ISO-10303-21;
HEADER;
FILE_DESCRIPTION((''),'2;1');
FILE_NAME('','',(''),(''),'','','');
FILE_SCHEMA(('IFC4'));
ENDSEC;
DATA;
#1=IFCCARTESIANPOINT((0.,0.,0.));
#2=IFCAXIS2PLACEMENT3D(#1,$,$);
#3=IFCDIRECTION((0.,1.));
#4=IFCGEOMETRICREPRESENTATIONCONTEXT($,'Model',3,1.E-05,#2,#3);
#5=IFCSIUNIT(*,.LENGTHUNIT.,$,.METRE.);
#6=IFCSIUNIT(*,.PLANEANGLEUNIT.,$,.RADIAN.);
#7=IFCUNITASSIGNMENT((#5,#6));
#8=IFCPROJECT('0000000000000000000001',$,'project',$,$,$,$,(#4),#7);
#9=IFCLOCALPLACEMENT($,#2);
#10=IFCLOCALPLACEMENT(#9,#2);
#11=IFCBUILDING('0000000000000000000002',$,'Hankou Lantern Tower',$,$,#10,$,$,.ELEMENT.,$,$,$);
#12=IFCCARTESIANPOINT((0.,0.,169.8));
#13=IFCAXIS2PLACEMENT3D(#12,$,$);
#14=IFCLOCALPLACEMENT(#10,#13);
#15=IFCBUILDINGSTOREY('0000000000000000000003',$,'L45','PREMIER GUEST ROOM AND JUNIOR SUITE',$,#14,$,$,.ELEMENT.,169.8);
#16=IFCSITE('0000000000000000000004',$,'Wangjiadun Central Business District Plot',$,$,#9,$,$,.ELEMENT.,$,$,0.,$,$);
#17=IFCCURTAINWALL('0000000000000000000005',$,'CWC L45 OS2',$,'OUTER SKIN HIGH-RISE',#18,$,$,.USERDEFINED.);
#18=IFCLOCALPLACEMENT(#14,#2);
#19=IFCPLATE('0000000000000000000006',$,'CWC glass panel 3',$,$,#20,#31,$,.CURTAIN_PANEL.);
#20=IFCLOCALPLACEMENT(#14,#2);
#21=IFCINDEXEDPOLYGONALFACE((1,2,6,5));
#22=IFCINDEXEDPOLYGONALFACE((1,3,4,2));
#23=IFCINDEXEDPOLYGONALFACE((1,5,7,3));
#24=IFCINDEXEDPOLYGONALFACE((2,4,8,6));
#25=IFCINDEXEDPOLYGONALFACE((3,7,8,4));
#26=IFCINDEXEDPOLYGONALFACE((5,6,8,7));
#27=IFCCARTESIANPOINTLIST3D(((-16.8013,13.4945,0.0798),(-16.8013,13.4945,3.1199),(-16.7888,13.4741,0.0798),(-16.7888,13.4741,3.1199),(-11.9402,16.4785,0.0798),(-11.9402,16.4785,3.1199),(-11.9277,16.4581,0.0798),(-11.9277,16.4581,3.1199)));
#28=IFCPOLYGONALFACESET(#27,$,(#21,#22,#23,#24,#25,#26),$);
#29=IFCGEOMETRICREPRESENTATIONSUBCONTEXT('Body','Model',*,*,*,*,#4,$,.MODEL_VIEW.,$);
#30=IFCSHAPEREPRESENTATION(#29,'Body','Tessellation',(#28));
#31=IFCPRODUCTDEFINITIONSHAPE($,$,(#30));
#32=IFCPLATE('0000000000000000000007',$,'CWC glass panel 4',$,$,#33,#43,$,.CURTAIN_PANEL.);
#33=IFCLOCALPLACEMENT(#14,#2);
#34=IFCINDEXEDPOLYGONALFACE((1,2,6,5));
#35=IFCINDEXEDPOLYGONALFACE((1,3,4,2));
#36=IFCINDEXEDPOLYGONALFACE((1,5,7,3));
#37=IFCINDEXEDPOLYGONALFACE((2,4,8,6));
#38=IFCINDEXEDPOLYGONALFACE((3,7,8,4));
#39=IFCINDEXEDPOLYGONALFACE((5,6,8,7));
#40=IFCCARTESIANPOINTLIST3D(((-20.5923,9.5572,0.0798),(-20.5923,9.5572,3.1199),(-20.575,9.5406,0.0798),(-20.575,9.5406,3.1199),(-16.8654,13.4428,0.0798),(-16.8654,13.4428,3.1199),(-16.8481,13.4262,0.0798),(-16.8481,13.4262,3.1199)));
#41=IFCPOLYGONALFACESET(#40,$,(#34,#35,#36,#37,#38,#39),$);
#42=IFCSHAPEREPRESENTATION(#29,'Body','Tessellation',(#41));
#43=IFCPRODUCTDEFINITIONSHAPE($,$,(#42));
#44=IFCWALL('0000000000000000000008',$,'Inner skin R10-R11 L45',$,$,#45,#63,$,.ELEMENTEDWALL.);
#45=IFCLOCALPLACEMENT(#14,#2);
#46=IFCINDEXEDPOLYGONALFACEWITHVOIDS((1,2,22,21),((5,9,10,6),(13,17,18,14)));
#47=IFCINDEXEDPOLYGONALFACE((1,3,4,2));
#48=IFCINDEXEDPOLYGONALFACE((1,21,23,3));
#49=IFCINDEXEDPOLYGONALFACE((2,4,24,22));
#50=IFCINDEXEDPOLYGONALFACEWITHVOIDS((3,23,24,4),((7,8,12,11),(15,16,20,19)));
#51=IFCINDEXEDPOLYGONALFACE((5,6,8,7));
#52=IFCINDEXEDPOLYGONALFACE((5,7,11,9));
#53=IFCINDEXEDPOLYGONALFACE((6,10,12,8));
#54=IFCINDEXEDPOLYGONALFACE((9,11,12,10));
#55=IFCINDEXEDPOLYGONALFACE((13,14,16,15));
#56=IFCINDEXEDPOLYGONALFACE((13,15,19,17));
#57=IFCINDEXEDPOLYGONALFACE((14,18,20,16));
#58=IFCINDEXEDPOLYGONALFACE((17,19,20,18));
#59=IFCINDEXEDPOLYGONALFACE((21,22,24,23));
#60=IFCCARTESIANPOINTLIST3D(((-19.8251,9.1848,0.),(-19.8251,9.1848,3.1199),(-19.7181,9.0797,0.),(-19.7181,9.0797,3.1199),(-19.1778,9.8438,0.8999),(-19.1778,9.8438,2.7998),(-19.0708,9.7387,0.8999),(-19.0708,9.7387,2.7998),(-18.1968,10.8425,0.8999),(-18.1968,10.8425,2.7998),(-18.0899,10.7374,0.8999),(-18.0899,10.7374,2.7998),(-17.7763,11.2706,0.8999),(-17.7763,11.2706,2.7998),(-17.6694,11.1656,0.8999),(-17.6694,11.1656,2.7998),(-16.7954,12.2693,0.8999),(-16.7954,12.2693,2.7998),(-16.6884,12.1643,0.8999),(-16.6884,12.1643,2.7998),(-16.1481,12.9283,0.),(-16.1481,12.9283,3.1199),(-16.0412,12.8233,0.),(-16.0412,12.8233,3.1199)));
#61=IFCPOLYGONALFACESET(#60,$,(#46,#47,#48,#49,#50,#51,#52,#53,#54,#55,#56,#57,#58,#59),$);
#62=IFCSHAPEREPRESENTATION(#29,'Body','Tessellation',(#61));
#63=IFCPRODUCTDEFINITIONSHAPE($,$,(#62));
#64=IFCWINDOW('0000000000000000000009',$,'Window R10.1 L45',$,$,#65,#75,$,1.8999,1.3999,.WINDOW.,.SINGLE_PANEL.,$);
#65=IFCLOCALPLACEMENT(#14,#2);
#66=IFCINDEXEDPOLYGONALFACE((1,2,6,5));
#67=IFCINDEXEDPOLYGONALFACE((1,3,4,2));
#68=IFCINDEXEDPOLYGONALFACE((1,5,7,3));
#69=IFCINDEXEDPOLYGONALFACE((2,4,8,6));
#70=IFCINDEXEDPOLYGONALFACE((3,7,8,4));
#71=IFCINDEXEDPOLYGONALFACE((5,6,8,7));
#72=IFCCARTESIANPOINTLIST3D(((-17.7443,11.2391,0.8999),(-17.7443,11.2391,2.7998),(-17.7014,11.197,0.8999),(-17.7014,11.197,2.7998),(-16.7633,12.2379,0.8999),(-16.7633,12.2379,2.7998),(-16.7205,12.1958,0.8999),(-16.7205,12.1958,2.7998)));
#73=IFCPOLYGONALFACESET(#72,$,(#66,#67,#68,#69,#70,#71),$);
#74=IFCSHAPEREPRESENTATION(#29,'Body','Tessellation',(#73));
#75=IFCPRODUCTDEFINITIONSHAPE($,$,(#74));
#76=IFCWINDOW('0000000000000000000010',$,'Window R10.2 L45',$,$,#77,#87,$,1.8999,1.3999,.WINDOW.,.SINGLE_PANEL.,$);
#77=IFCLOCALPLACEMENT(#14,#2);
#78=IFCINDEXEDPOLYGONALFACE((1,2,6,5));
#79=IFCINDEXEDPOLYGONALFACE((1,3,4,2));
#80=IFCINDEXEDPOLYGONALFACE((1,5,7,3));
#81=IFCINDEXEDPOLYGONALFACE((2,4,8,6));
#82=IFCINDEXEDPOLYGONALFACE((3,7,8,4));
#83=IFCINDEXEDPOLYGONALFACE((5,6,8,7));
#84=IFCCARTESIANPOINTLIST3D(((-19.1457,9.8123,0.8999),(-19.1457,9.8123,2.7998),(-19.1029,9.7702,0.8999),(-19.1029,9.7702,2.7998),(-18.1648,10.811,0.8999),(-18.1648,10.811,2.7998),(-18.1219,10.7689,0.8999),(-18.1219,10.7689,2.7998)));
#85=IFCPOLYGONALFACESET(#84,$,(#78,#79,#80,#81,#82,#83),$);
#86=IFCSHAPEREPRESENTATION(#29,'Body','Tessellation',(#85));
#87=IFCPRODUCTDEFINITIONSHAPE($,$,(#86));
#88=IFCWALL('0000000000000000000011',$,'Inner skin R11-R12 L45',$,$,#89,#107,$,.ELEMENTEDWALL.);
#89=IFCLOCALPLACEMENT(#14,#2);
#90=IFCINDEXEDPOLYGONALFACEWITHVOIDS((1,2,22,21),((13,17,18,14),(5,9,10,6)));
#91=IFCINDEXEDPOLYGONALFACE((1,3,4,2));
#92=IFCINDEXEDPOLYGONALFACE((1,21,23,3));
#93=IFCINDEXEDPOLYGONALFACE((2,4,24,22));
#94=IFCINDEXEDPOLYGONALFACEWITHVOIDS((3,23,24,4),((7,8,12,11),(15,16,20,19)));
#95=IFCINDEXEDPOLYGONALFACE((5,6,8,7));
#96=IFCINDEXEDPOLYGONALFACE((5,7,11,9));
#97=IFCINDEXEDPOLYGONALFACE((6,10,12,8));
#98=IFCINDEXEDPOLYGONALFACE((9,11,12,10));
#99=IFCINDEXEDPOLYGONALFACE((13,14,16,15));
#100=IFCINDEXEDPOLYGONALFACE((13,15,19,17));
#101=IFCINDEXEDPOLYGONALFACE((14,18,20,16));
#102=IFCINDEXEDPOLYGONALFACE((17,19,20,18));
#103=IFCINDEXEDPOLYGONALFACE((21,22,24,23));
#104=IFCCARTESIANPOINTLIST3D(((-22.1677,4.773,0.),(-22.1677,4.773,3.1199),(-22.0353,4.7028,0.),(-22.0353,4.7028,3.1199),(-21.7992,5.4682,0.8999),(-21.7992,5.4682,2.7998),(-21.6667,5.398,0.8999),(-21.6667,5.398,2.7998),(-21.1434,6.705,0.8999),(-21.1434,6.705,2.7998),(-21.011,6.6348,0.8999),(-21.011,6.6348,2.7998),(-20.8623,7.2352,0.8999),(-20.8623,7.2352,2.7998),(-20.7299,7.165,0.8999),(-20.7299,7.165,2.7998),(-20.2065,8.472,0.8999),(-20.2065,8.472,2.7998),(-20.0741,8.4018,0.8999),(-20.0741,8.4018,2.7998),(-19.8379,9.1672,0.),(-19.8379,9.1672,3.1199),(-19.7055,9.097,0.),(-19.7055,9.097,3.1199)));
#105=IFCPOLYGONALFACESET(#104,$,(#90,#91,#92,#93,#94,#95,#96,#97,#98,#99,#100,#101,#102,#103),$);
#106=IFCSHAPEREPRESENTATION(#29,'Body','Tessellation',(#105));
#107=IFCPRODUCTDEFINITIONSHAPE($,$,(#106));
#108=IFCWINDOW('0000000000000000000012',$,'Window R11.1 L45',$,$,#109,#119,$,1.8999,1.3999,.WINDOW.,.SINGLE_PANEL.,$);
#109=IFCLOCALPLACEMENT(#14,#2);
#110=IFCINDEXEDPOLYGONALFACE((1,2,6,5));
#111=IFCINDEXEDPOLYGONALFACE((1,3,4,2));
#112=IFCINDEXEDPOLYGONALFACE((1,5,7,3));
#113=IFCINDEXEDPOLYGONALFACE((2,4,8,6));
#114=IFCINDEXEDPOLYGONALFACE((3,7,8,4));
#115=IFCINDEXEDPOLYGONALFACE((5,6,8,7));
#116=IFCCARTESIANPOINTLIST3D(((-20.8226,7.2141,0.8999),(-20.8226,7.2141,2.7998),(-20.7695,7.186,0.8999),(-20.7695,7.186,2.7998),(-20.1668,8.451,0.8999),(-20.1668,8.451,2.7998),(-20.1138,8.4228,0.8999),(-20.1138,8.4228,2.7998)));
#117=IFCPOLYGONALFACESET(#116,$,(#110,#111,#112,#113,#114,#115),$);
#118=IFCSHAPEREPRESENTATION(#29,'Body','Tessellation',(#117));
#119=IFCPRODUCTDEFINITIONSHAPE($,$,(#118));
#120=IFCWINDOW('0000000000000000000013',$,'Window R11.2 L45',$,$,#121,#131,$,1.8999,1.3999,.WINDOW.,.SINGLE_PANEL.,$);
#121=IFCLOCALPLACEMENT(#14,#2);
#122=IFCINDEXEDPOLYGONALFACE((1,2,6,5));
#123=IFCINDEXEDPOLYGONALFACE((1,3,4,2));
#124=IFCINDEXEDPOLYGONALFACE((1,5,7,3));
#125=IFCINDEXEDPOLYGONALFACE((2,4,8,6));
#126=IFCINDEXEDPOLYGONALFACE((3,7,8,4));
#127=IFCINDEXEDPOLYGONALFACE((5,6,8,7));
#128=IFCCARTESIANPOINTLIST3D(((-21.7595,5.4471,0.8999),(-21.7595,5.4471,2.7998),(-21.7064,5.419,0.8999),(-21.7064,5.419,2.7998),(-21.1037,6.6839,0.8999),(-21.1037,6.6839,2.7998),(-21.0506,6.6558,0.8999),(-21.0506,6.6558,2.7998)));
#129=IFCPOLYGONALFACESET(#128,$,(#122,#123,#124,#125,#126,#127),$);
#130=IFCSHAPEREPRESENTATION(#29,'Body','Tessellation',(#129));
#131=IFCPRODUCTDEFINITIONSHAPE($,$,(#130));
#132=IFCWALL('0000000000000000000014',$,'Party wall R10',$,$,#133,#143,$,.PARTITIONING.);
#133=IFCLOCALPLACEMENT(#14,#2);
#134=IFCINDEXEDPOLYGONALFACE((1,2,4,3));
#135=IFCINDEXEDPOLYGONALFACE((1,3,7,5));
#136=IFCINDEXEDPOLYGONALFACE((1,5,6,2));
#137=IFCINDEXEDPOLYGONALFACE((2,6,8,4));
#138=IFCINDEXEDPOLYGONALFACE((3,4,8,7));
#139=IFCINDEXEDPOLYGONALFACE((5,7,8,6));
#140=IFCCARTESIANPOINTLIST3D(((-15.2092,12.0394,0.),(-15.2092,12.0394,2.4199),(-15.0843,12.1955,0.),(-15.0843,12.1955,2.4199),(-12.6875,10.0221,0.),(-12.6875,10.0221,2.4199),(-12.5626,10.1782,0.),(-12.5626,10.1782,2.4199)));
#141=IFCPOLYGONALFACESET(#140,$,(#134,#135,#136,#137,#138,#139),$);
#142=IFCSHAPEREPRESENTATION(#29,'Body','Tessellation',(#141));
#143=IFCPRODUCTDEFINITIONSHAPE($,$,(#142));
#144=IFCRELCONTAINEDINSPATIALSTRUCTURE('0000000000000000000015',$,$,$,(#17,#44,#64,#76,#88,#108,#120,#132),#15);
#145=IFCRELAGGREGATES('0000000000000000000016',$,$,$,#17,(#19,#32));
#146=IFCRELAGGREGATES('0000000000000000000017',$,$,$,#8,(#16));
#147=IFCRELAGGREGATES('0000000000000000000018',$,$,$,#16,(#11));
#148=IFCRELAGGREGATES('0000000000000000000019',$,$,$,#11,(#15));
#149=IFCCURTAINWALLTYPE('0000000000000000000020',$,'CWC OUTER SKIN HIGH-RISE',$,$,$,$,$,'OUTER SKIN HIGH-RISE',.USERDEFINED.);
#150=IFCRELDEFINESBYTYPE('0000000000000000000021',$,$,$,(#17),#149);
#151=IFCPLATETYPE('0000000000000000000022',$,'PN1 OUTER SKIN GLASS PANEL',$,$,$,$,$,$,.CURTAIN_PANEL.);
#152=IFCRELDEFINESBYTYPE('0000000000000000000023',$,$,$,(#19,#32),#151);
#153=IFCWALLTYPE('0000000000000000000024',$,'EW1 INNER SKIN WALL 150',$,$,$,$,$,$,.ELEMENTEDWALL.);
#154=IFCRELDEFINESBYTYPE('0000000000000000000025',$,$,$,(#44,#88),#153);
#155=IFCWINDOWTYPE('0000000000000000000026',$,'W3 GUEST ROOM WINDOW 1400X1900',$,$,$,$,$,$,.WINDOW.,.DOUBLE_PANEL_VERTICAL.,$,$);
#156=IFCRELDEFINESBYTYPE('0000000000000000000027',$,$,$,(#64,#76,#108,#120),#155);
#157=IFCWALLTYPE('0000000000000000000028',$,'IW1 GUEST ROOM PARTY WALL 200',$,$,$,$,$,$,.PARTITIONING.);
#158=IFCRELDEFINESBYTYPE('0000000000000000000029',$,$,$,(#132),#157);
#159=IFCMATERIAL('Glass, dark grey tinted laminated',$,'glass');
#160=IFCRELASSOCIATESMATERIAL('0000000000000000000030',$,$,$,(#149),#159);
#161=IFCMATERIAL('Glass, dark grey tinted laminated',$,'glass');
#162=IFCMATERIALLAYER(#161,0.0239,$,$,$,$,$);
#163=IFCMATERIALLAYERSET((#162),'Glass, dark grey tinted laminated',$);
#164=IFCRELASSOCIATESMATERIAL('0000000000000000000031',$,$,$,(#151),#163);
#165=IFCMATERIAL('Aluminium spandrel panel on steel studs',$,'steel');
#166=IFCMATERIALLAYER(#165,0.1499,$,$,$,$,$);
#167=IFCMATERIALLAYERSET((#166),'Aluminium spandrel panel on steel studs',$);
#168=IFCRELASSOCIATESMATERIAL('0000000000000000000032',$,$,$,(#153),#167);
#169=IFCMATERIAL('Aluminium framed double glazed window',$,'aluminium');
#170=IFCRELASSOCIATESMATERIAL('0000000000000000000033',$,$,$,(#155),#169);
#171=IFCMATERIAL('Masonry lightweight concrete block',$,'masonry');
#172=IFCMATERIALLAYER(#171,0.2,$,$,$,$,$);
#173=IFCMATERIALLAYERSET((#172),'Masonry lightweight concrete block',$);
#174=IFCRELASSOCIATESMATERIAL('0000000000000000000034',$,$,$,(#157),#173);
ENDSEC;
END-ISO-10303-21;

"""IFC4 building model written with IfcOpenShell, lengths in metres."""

from ifc_helpers import new_model, si_unit, direction, frame, frame_2d, origin, origin_2d, place, context, subcontext, project, spatial, rectangle, extrude, material, layer, layer_set, type_object, element, fill, aggregate, save


model = new_model("IFC4")

# Units and contexts
model_context = context("Model", 3, precision=1e-05, world=origin(), true_north=direction((0.0, 1.0)))
body_context = subcontext(model_context, "Body", "Model", "MODEL_VIEW")
ifc_project = project(units=[si_unit("LENGTHUNIT", "METRE"), si_unit("PLANEANGLEUNIT", "RADIAN")], contexts=[model_context])

# Site, building, storey
site_placement = place(None, origin())
site = spatial("IfcSite", under=ifc_project, at=site_placement, Name="Wangjiadun Central Business District Plot", CompositionType="ELEMENT", RefElevation=0.0)
building_placement = place(site_placement, origin())
building = spatial("IfcBuilding", under=site, at=building_placement, Name="Hankou Lantern Tower", CompositionType="ELEMENT")
storey_placement = place(building_placement, frame((0.0, 0.0, 169.8)))
storey = spatial("IfcBuildingStorey", under=building, at=storey_placement, Name="L45", Description="PREMIER GUEST ROOM AND JUNIOR SUITE", CompositionType="ELEMENT", Elevation=169.8)

# Curtain wall
ifc_material_1 = material(Name="Glass, dark grey tinted laminated", Category="glass")
curtain_wall_type = type_object("IfcCurtainWallType", Name="CWC OUTER SKIN HIGH-RISE", ElementType="OUTER SKIN HIGH-RISE", PredefinedType="USERDEFINED", material=ifc_material_1)
curtain_wall_placement = place(storey_placement, origin())
curtain_wall = element("IfcCurtainWall", 1, at=curtain_wall_placement, inside=storey, type_object=curtain_wall_type, Name="CWC L45 OS2", ObjectType="OUTER SKIN HIGH-RISE", PredefinedType="USERDEFINED")

# Plates
ifc_material_2 = material(Name="Glass, dark grey tinted laminated", Category="glass")
ifc_layer_1 = layer(ifc_material_2, 0.0239)
ifc_layer_set_1 = layer_set([ifc_layer_1], Name="Glass, dark grey tinted laminated")
plate_type = type_object("IfcPlateType", Name="PN1 OUTER SKIN GLASS PANEL", PredefinedType="CURTAIN_PANEL", material=ifc_layer_set_1)
plate_1_placement = place(storey_placement, frame((-14.3645, 14.9763, 0.0798), z_axis=(0.0, 0.0, 1.0), x_axis=(-0.852237, -0.523156, 0.0)))
plate_1 = element("IfcPlate", 2, at=plate_1_placement, type_object=plate_type, Name="CWC glass panel 3", PredefinedType="CURTAIN_PANEL", context=body_context, shape_type="SweptSolid", body=[
    extrude(rectangle(XDim=5.7039, YDim=0.0239, at=origin_2d()), origin(), (0.0, 0.0, 1.0), 3.04),
])
plate_2_placement = place(storey_placement, frame((-18.7202, 11.4917, 0.0798), z_axis=(0.0, 0.0, 1.0), x_axis=(-0.692216, -0.721691, 0.0)))
plate_2 = element("IfcPlate", 3, at=plate_2_placement, type_object=plate_type, Name="CWC glass panel 4", PredefinedType="CURTAIN_PANEL", context=body_context, shape_type="SweptSolid", body=[
    extrude(rectangle(XDim=5.384, YDim=0.0239, at=origin_2d()), origin(), (0.0, 0.0, 1.0), 3.04),
])
aggregate(curtain_wall, [plate_1, plate_2])

# Walls, openings, windows
ifc_material_3 = material(Name="Aluminium spandrel panel on steel studs", Category="steel")
ifc_layer_2 = layer(ifc_material_3, 0.1499)
ifc_layer_set_2 = layer_set([ifc_layer_2], Name="Aluminium spandrel panel on steel studs")
wall_type_1 = type_object("IfcWallType", Name="EW1 INNER SKIN WALL 150", PredefinedType="ELEMENTEDWALL", material=ifc_layer_set_2)
wall_1_placement = place(storey_placement, frame((-16.0947, 12.8757, 0.0), z_axis=(0.0, 0.0, 1.0), x_axis=(-0.700727, -0.713429, 0.0)))
wall_1 = element("IfcWall", 4, at=wall_1_placement, inside=storey, type_object=wall_type_1, Name="Inner skin R10-R11 L45", PredefinedType="ELEMENTEDWALL", context=body_context, shape_type="SweptSolid", body=[
    extrude(rectangle(XDim=5.2473, YDim=0.1499, at=frame_2d((2.6235, 0.0))), origin(), (0.0, 0.0, 1.0), 3.1199),
])
opening_1_placement = place(wall_1_placement, frame((0.9236, 0.0, 0.8999)))
opening_1 = element("IfcOpeningElement", 5, at=opening_1_placement, cuts=wall_1, PredefinedType="OPENING", context=body_context, shape_type="SweptSolid", body=[
    extrude(rectangle(XDim=1.3999, YDim=1.8999, at=frame_2d((0.7, 0.95))), frame((0.0, 0.085, 0.0), z_axis=(0.0, -1.0, 0.0), x_axis=(1.0, 0.0, 0.0)), (0.0, 0.0, 1.0), 0.1699),
])
opening_2_placement = place(wall_1_placement, frame((2.9236, 0.0, 0.8999)))
opening_2 = element("IfcOpeningElement", 6, at=opening_2_placement, cuts=wall_1, PredefinedType="OPENING", context=body_context, shape_type="SweptSolid", body=[
    extrude(rectangle(XDim=1.3999, YDim=1.8999, at=frame_2d((0.7, 0.95))), frame((0.0, 0.085, 0.0), z_axis=(0.0, -1.0, 0.0), x_axis=(1.0, 0.0, 0.0)), (0.0, 0.0, 1.0), 0.1699),
])
ifc_material_4 = material(Name="Aluminium framed double glazed window", Category="aluminium")
window_type = type_object("IfcWindowType", Name="W3 GUEST ROOM WINDOW 1400X1900", PartitioningType="DOUBLE_PANEL_VERTICAL", PredefinedType="WINDOW", material=ifc_material_4)
window_1_placement = place(opening_1_placement, origin())
window_1 = element("IfcWindow", 7, at=window_1_placement, inside=storey, type_object=window_type, Name="Window R10.1 L45", OverallHeight=1.8999, OverallWidth=1.3999, PartitioningType="SINGLE_PANEL", PredefinedType="WINDOW", context=body_context, shape_type="SweptSolid", body=[
    extrude(rectangle(XDim=1.3999, YDim=1.8999, at=frame_2d((0.7, 0.95))), frame((0.0, 0.03, 0.0), z_axis=(0.0, -1.0, 0.0), x_axis=(1.0, 0.0, 0.0)), (0.0, 0.0, 1.0), 0.0601),
])
fill(opening_1, window_1)
window_2_placement = place(opening_2_placement, origin())
window_2 = element("IfcWindow", 8, at=window_2_placement, inside=storey, type_object=window_type, Name="Window R10.2 L45", OverallHeight=1.8999, OverallWidth=1.3999, PartitioningType="SINGLE_PANEL", PredefinedType="WINDOW", context=body_context, shape_type="SweptSolid", body=[
    extrude(rectangle(XDim=1.3999, YDim=1.8999, at=frame_2d((0.7, 0.95))), frame((0.0, 0.03, 0.0), z_axis=(0.0, -1.0, 0.0), x_axis=(1.0, 0.0, 0.0)), (0.0, 0.0, 1.0), 0.0601),
])
fill(opening_2, window_2)
wall_2_placement = place(storey_placement, frame((-19.7717, 9.1321, 0.0), z_axis=(0.0, 0.0, 1.0), x_axis=(-0.468429, -0.883501, 0.0)))
wall_2 = element("IfcWall", 9, at=wall_2_placement, inside=storey, type_object=wall_type_1, Name="Inner skin R11-R12 L45", PredefinedType="ELEMENTEDWALL", context=body_context, shape_type="SweptSolid", body=[
    extrude(rectangle(XDim=4.9736, YDim=0.1499, at=frame_2d((2.4868, 0.0))), origin(), (0.0, 0.0, 1.0), 3.1199),
])
opening_3_placement = place(wall_2_placement, frame((0.7869, 0.0, 0.8999)))
opening_3 = element("IfcOpeningElement", 10, at=opening_3_placement, cuts=wall_2, PredefinedType="OPENING", context=body_context, shape_type="SweptSolid", body=[
    extrude(rectangle(XDim=1.3999, YDim=1.8999, at=frame_2d((0.7, 0.95))), frame((0.0, 0.085, 0.0), z_axis=(0.0, -1.0, 0.0), x_axis=(1.0, 0.0, 0.0)), (0.0, 0.0, 1.0), 0.1699),
])
opening_4_placement = place(wall_2_placement, frame((2.7869, 0.0, 0.8999)))
opening_4 = element("IfcOpeningElement", 11, at=opening_4_placement, cuts=wall_2, PredefinedType="OPENING", context=body_context, shape_type="SweptSolid", body=[
    extrude(rectangle(XDim=1.3999, YDim=1.8999, at=frame_2d((0.7, 0.95))), frame((0.0, 0.085, 0.0), z_axis=(0.0, -1.0, 0.0), x_axis=(1.0, 0.0, 0.0)), (0.0, 0.0, 1.0), 0.1699),
])
window_3_placement = place(opening_3_placement, origin())
window_3 = element("IfcWindow", 12, at=window_3_placement, inside=storey, type_object=window_type, Name="Window R11.1 L45", OverallHeight=1.8999, OverallWidth=1.3999, PartitioningType="SINGLE_PANEL", PredefinedType="WINDOW", context=body_context, shape_type="SweptSolid", body=[
    extrude(rectangle(XDim=1.3999, YDim=1.8999, at=frame_2d((0.7, 0.95))), frame((0.0, 0.03, 0.0), z_axis=(0.0, -1.0, 0.0), x_axis=(1.0, 0.0, 0.0)), (0.0, 0.0, 1.0), 0.0601),
])
fill(opening_3, window_3)
window_4_placement = place(opening_4_placement, origin())
window_4 = element("IfcWindow", 13, at=window_4_placement, inside=storey, type_object=window_type, Name="Window R11.2 L45", OverallHeight=1.8999, OverallWidth=1.3999, PartitioningType="SINGLE_PANEL", PredefinedType="WINDOW", context=body_context, shape_type="SweptSolid", body=[
    extrude(rectangle(XDim=1.3999, YDim=1.8999, at=frame_2d((0.7, 0.95))), frame((0.0, 0.03, 0.0), z_axis=(0.0, -1.0, 0.0), x_axis=(1.0, 0.0, 0.0)), (0.0, 0.0, 1.0), 0.0601),
])
fill(opening_4, window_4)

# Wall
ifc_material_5 = material(Name="Masonry lightweight concrete block", Category="masonry")
ifc_layer_3 = layer(ifc_material_5, 0.2)
ifc_layer_set_3 = layer_set([ifc_layer_3], Name="Masonry lightweight concrete block")
wall_type_2 = type_object("IfcWallType", Name="IW1 GUEST ROOM PARTY WALL 200", PredefinedType="PARTITIONING", material=ifc_layer_set_3)
wall_3_placement = place(storey_placement, frame((-12.625, 10.1001, 0.0), z_axis=(0.0, 0.0, 1.0), x_axis=(-0.780876, 0.624686, 0.0)))
element("IfcWall", 14, at=wall_3_placement, inside=storey, type_object=wall_type_2, Name="Party wall R10", PredefinedType="PARTITIONING", context=body_context, shape_type="SweptSolid", body=[
    extrude(rectangle(XDim=3.2292, YDim=0.2, at=frame_2d((1.6147, 0.0))), origin(), (0.0, 0.0, 1.0), 2.4199),
])

save(model, "model.ifc")
